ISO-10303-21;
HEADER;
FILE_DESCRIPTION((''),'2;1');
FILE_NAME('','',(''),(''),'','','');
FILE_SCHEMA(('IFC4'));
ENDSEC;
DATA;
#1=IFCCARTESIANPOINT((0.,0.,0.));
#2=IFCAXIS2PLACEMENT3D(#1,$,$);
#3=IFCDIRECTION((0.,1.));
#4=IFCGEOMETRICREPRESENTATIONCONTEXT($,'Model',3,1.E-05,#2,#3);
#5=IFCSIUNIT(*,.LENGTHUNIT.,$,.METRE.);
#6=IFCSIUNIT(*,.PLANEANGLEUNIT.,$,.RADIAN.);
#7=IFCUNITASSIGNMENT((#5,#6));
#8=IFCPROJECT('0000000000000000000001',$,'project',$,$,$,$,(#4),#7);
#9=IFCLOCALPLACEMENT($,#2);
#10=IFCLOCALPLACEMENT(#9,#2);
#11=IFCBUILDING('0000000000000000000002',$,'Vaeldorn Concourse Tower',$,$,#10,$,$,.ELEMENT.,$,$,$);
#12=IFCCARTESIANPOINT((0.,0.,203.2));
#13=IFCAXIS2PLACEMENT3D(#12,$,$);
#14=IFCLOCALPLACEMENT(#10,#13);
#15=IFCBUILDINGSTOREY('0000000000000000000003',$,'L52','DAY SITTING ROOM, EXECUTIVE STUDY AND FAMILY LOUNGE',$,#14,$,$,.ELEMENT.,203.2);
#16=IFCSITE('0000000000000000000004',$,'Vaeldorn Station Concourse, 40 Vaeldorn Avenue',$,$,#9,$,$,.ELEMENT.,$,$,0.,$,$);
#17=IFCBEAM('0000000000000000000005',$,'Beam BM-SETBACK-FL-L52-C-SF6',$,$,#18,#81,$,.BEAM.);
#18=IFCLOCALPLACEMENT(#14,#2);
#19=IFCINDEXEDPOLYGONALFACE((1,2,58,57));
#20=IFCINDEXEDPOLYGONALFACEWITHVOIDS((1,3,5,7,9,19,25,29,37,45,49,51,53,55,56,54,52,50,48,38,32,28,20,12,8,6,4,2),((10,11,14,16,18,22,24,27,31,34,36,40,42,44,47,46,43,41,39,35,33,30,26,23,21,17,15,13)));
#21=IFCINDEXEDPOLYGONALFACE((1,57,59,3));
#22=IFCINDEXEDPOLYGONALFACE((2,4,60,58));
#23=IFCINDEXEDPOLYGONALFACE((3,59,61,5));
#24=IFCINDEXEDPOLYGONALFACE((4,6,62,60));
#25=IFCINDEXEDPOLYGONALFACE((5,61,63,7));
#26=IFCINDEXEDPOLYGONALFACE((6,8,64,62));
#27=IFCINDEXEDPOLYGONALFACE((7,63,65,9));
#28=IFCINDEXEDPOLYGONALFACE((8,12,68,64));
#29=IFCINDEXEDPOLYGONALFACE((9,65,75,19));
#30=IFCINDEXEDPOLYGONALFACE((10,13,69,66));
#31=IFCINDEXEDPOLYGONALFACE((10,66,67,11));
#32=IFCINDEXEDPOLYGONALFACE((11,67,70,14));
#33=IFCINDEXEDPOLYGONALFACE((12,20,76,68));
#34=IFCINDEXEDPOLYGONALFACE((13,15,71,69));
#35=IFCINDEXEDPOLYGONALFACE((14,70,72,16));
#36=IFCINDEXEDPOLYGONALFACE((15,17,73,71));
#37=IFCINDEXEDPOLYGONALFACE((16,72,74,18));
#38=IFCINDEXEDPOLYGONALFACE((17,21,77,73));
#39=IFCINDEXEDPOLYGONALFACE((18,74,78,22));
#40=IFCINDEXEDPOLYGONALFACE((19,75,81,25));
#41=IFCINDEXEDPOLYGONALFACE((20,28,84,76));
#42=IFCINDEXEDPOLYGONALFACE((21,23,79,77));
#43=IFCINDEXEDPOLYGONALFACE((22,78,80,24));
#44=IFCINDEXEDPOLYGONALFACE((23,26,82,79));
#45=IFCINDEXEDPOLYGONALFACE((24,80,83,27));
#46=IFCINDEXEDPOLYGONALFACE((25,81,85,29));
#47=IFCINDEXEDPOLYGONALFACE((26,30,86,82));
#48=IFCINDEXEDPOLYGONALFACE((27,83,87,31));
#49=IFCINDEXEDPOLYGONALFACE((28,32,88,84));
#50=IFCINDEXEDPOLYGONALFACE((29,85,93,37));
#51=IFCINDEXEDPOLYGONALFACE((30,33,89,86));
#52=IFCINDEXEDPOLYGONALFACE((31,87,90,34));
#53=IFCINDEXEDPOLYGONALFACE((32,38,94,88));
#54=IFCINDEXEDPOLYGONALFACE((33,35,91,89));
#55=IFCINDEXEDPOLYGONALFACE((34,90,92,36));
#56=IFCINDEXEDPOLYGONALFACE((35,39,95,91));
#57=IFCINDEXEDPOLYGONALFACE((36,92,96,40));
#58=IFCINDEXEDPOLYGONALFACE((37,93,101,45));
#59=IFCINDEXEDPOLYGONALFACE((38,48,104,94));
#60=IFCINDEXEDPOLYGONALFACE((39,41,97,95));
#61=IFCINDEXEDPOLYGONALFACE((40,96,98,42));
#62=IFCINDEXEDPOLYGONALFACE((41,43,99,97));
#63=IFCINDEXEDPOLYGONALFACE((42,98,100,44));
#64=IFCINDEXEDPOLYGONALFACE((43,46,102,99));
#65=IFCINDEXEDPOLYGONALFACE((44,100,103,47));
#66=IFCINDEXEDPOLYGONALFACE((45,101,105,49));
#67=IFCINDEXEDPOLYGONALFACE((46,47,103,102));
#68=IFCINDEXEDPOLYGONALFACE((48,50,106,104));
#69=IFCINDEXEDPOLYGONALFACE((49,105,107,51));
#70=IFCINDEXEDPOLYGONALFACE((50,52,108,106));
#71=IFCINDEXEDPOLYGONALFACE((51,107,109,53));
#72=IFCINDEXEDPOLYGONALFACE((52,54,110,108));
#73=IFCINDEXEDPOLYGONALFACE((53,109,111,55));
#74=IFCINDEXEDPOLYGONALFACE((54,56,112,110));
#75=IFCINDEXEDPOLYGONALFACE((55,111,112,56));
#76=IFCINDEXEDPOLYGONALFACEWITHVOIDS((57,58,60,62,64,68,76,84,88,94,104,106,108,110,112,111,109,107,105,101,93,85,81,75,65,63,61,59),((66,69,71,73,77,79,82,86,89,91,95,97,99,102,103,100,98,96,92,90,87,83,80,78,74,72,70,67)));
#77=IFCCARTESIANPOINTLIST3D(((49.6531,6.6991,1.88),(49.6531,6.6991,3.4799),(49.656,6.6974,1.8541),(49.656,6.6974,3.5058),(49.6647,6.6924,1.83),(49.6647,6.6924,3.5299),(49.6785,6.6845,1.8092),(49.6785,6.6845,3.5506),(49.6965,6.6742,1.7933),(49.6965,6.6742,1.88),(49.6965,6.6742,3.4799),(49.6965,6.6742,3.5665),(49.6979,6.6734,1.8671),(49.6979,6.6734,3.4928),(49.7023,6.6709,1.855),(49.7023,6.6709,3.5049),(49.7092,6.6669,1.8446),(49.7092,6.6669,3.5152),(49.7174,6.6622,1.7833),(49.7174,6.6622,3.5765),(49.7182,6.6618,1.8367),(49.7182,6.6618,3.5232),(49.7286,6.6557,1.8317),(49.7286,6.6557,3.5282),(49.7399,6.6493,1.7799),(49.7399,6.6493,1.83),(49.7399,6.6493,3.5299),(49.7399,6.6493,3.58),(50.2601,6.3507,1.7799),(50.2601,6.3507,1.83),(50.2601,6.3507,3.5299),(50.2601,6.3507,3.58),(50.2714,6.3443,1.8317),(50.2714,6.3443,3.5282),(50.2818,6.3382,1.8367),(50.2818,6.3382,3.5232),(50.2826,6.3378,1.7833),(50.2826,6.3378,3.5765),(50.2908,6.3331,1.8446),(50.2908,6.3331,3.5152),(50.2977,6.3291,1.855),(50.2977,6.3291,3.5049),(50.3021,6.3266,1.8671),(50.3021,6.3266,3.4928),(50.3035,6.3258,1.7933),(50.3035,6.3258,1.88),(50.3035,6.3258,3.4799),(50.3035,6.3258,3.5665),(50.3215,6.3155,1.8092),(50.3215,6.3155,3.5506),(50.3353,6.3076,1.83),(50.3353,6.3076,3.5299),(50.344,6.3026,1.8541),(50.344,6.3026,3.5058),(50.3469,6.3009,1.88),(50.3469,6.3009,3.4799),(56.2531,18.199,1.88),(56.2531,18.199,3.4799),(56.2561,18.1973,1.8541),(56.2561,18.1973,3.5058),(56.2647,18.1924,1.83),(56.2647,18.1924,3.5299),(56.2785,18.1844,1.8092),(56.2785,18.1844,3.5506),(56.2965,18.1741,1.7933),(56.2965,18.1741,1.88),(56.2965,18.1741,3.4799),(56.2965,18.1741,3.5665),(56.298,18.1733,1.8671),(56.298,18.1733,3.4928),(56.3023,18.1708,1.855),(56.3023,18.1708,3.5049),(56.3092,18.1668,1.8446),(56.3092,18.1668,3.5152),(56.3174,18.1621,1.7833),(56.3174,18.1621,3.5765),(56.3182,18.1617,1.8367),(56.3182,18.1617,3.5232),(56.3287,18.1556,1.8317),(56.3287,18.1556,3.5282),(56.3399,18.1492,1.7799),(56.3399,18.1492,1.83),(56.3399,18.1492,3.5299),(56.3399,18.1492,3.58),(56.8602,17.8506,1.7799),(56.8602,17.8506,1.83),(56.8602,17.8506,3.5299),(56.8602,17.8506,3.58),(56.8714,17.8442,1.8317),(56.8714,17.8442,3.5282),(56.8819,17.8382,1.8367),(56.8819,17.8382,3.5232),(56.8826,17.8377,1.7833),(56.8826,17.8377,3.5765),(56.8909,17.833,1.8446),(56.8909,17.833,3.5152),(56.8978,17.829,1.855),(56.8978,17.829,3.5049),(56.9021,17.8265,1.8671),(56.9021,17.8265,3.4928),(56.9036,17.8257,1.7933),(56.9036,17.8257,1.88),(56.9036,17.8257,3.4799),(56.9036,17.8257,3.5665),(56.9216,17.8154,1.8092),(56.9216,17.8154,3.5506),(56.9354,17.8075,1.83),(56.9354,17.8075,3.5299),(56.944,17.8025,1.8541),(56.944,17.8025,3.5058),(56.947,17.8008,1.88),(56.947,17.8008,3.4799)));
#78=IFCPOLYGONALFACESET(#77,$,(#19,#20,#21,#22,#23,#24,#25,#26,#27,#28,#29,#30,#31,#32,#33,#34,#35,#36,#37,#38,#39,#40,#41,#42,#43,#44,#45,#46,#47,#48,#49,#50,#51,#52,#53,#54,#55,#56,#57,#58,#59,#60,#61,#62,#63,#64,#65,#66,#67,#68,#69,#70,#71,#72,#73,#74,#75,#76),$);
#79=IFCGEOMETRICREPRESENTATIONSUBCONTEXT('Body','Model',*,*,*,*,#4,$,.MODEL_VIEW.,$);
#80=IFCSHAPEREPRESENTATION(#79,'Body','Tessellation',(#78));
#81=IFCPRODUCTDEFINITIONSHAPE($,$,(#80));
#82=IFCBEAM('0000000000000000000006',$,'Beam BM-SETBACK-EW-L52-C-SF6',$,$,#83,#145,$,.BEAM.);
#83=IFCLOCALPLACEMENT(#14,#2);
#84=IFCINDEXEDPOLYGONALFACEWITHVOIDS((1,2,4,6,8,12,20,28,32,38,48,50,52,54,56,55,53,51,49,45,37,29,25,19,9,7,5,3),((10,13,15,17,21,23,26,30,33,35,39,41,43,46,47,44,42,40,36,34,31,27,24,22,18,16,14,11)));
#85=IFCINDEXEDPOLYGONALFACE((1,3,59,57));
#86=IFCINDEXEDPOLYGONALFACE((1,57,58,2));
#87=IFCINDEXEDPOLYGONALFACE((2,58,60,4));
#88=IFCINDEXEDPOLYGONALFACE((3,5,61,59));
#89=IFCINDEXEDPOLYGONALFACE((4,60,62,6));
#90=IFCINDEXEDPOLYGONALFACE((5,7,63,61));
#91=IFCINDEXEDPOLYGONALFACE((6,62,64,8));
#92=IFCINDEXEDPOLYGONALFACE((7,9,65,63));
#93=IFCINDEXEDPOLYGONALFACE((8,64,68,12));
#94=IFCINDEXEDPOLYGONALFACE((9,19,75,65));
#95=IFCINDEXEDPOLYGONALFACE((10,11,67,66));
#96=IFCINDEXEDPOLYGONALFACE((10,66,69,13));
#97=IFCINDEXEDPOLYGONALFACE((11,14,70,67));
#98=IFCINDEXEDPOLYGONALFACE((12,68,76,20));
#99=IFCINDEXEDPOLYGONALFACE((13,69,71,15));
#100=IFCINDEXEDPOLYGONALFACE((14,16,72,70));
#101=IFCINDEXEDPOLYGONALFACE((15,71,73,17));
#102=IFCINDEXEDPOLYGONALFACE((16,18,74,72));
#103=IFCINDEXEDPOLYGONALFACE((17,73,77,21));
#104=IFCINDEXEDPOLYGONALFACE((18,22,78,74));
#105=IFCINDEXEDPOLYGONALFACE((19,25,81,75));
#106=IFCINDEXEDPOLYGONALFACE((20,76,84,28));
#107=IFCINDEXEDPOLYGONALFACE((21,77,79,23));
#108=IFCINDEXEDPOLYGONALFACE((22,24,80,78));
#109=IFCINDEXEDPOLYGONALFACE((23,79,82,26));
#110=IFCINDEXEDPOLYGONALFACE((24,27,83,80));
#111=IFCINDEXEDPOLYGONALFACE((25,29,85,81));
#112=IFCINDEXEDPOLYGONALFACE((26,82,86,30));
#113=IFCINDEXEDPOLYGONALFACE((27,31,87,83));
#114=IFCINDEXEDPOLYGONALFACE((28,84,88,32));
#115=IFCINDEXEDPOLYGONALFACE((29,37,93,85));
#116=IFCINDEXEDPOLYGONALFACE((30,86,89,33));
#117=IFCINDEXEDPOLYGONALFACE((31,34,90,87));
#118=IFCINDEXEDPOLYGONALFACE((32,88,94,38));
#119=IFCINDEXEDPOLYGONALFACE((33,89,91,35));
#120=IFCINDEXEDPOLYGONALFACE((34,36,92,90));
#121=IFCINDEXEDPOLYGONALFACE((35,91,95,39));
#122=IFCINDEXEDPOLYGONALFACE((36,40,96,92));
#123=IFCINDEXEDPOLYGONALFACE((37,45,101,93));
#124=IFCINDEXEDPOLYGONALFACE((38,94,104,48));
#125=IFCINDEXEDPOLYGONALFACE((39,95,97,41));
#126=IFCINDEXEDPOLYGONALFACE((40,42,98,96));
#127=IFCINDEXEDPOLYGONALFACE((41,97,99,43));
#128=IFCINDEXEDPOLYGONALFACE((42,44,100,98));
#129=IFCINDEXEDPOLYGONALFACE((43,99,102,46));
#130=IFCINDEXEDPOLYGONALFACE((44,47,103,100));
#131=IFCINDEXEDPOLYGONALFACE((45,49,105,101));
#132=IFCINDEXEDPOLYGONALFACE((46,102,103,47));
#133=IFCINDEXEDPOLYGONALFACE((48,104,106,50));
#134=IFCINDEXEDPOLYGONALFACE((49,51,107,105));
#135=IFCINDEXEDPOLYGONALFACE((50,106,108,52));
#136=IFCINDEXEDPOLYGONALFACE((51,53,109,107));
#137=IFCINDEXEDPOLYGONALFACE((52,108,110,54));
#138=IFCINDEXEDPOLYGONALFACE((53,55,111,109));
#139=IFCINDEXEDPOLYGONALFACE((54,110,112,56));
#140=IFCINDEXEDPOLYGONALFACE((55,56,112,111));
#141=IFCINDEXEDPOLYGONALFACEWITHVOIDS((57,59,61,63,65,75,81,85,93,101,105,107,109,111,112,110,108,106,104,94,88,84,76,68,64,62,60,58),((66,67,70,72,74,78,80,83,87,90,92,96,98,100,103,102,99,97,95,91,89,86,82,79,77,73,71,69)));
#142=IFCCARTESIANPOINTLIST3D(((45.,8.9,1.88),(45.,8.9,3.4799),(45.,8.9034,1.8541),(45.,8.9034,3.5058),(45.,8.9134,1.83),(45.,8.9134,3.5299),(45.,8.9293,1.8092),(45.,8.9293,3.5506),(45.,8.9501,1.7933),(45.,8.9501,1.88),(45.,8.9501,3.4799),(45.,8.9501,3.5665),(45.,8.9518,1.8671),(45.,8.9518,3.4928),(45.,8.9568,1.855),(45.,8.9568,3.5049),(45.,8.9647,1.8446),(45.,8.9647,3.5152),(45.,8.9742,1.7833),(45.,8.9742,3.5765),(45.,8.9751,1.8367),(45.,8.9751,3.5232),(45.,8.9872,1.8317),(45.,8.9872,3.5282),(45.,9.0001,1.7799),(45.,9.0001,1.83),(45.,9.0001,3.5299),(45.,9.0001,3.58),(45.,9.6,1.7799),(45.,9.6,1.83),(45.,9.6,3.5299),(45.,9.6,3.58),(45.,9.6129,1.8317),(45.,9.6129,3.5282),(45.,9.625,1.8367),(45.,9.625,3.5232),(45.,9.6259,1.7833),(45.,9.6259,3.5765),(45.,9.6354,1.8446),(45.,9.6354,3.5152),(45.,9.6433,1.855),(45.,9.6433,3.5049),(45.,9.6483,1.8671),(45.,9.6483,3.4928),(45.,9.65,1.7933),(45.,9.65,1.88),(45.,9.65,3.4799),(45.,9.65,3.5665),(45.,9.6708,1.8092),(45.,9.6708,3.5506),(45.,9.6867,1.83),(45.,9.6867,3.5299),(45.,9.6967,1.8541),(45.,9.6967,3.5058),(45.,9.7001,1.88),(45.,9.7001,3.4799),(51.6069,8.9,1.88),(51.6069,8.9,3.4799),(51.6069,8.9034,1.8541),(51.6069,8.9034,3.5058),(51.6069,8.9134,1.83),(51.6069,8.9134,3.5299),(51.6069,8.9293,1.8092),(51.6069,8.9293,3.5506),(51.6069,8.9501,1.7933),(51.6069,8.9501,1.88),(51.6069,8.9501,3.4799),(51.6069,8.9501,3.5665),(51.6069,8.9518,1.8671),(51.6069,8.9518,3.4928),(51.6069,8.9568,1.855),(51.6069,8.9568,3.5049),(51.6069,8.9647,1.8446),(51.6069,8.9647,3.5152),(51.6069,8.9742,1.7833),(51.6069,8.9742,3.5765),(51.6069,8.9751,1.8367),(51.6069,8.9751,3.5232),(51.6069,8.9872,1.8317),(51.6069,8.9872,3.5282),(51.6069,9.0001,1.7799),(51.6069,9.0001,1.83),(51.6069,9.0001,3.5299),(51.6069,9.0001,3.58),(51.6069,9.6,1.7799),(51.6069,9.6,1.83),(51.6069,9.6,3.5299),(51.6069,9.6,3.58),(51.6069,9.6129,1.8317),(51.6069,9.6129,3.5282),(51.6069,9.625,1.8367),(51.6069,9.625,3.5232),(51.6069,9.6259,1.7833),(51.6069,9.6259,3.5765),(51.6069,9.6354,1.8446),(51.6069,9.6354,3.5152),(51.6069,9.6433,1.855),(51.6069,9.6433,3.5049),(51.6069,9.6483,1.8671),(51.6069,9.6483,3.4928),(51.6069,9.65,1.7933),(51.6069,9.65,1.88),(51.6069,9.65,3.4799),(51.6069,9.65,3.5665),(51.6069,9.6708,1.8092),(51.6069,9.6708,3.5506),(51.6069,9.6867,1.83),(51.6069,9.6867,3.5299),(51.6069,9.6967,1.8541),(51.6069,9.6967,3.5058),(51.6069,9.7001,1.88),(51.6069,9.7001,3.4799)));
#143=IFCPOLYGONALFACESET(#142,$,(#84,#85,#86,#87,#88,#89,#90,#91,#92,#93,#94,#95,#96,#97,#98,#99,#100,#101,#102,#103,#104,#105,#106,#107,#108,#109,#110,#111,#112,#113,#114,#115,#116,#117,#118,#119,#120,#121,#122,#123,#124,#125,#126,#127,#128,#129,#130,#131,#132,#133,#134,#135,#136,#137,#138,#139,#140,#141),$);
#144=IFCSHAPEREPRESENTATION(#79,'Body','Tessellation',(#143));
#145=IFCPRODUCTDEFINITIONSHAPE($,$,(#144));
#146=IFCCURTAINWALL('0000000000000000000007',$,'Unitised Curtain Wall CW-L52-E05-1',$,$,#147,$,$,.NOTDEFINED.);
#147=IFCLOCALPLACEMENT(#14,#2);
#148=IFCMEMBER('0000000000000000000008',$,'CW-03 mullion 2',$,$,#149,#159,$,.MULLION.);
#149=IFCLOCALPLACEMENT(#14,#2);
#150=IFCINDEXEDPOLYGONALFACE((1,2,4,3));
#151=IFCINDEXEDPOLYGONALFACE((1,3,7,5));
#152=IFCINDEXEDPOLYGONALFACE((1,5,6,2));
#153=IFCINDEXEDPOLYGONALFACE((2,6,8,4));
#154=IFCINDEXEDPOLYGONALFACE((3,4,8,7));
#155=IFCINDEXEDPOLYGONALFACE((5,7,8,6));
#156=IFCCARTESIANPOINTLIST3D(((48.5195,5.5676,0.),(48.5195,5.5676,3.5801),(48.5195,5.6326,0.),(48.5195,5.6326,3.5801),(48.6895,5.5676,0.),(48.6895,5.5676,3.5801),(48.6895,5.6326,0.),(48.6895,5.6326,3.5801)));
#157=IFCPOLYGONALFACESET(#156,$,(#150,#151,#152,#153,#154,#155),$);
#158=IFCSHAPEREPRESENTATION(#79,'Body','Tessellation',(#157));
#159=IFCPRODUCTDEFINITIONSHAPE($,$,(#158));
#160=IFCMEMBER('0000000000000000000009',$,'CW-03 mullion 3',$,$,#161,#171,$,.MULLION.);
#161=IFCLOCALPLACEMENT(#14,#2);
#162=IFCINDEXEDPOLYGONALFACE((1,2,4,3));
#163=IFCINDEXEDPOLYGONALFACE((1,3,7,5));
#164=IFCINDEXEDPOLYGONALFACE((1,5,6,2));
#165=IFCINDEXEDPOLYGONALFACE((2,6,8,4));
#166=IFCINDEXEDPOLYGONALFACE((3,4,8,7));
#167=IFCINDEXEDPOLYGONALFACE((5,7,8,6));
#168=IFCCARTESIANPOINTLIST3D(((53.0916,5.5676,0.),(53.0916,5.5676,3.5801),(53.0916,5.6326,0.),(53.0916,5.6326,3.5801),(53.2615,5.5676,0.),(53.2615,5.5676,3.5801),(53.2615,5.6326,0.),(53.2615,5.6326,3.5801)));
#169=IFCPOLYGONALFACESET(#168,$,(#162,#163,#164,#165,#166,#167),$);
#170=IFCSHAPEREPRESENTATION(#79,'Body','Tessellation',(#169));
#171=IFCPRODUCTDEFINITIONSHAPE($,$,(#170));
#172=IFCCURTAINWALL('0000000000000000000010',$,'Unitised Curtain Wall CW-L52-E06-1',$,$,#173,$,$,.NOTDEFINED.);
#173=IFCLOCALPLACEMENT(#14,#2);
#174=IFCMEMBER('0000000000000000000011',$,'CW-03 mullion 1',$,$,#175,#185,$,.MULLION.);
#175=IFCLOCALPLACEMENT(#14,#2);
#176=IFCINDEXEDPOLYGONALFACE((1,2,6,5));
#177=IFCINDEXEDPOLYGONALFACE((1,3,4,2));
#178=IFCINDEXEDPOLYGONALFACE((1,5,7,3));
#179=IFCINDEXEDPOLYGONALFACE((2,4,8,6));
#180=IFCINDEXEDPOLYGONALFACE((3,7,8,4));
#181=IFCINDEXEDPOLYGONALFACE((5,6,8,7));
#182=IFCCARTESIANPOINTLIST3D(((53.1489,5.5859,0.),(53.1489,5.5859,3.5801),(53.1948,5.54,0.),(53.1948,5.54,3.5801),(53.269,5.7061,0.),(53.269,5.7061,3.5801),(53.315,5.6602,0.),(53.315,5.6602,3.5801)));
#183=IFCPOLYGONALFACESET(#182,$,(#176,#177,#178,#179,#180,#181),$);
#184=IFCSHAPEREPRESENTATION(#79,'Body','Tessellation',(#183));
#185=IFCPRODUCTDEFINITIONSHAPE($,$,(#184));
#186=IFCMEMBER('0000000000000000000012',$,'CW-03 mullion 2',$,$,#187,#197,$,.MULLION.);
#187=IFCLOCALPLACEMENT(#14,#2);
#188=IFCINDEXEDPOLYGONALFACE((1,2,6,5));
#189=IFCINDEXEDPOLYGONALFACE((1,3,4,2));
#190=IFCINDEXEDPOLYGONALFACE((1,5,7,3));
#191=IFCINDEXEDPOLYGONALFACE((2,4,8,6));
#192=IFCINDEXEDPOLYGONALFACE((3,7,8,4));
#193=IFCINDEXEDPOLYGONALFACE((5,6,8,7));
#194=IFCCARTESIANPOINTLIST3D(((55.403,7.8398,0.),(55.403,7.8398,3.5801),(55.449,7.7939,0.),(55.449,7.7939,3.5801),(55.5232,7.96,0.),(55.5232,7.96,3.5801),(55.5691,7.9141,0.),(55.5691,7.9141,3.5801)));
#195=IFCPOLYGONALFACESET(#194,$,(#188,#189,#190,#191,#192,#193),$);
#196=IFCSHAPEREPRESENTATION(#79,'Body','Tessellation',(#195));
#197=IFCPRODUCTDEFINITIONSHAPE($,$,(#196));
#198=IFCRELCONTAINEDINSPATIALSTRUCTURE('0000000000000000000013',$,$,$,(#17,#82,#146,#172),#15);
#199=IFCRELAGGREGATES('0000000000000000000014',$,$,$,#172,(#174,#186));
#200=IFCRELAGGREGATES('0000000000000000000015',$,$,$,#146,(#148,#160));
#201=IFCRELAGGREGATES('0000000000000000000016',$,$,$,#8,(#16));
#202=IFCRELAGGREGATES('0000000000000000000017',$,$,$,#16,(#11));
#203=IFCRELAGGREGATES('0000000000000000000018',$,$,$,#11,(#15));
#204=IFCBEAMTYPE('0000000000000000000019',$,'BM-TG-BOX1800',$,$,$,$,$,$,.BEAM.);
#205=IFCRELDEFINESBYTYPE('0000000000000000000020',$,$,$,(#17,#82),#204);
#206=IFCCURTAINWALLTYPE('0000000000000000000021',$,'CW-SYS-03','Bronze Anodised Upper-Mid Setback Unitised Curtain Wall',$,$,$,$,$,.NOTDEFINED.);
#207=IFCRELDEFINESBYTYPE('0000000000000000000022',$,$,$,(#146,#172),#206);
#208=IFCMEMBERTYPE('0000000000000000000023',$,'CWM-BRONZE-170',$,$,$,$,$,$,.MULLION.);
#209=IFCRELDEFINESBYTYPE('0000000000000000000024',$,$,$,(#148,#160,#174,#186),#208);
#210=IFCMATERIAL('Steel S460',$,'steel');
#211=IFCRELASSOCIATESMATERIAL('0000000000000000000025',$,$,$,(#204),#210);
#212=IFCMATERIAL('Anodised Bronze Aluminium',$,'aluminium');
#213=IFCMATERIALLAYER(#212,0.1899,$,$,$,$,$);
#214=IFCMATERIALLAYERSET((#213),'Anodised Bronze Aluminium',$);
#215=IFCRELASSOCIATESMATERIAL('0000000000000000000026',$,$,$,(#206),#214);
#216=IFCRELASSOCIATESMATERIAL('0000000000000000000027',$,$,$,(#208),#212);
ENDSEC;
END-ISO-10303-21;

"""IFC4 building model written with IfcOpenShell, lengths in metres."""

from ifc_helpers import new_model, si_unit, direction, frame, origin, origin_2d, place, context, subcontext, project, spatial, rectangle, hollow_rectangle, extrude, source, transform, mapped, material, layer, layer_set, material_profile, profile_set, type_object, element, aggregate, save


model = new_model("IFC4")

# Units and contexts
model_context = context("Model", 3, precision=1e-05, world=origin(), true_north=direction((0.0, 1.0)))
body_context = subcontext(model_context, "Body", "Model", "MODEL_VIEW")
ifc_project = project(units=[si_unit("LENGTHUNIT", "METRE"), si_unit("PLANEANGLEUNIT", "RADIAN")], contexts=[model_context])

# Site, building, storey
site_placement = place(None, origin())
site = spatial("IfcSite", under=ifc_project, at=site_placement, Name="Vaeldorn Station Concourse, 40 Vaeldorn Avenue", CompositionType="ELEMENT", RefElevation=0.0)
building_placement = place(site_placement, origin())
building = spatial("IfcBuilding", under=site, at=building_placement, Name="Vaeldorn Concourse Tower", CompositionType="ELEMENT")
storey_placement = place(building_placement, frame((0.0, 0.0, 203.2)))
storey = spatial("IfcBuildingStorey", under=building, at=storey_placement, Name="L52", Description="DAY SITTING ROOM, EXECUTIVE STUDY AND FAMILY LOUNGE", CompositionType="ELEMENT", Elevation=203.2)

# Beams
ifc_material_1 = material(Name="Steel S460", Category="steel")
ifc_material_profile_1 = material_profile(ifc_material_1, hollow_rectangle(XDim=0.8, YDim=1.8, WallThickness=0.05, InnerFilletRadius=0.05, OuterFilletRadius=0.1001, at=origin_2d()), Name="RHS 1800x800x50")
ifc_profile_set_1 = profile_set([ifc_material_profile_1], Name="Steel S460")
beam_type_1 = type_object("IfcBeamType", Name="BM-TG-BOX1800", PredefinedType="BEAM", material=ifc_profile_set_1)
shared_shape_1 = source(origin(), body_context, "Body", "SweptSolid", [
    extrude(hollow_rectangle(XDim=0.8, YDim=1.8, WallThickness=0.05, InnerFilletRadius=0.05, OuterFilletRadius=0.1001, at=origin_2d()), origin(), (0.0, 0.0, 1.0), 13.2593),
])
beam_1_placement = place(storey_placement, frame((50.0, 6.5, 2.6799), z_axis=(0.497768, 0.86731, 0.0), x_axis=(-0.86731, 0.497768, 0.0)))
element("IfcBeam", 1, at=beam_1_placement, inside=storey, type_object=beam_type_1, Name="Beam BM-SETBACK-FL-L52-C-SF6", PredefinedType="BEAM", context=body_context, shape_type="MappedRepresentation", body=[
    mapped(shared_shape_1, transform((0.0, 0.0, 0.0), scale=1.0)),
])
shared_shape_2 = source(origin(), body_context, "Body", "SweptSolid", [
    extrude(hollow_rectangle(XDim=0.8, YDim=1.8, WallThickness=0.05, InnerFilletRadius=0.05, OuterFilletRadius=0.1001, at=origin_2d()), origin(), (0.0, 0.0, 1.0), 6.6069),
])
beam_2_placement = place(storey_placement, frame((51.6069, 9.3, 2.6799), z_axis=(-1.0, 0.0, 0.0), x_axis=(0.0, -1.0, 0.0)))
element("IfcBeam", 2, at=beam_2_placement, inside=storey, type_object=beam_type_1, Name="Beam BM-SETBACK-EW-L52-C-SF6", PredefinedType="BEAM", context=body_context, shape_type="MappedRepresentation", body=[
    mapped(shared_shape_2, transform((0.0, 0.0, 0.0), scale=1.0)),
])

# Curtain walls, members
ifc_material_2 = material(Name="Anodised Bronze Aluminium", Category="aluminium")
ifc_layer_1 = layer(ifc_material_2, 0.1899)
ifc_layer_set_1 = layer_set([ifc_layer_1], Name="Anodised Bronze Aluminium")
curtain_wall_type = type_object("IfcCurtainWallType", Name="CW-SYS-03", Description="Bronze Anodised Upper-Mid Setback Unitised Curtain Wall", PredefinedType="NOTDEFINED", material=ifc_layer_set_1)
curtain_wall_1_placement = place(storey_placement, origin())
curtain_wall_1 = element("IfcCurtainWall", 3, at=curtain_wall_1_placement, inside=storey, type_object=curtain_wall_type, Name="Unitised Curtain Wall CW-L52-E05-1", PredefinedType="NOTDEFINED")
ifc_material_profile_2 = material_profile(ifc_material_2, rectangle(XDim=0.0649, YDim=0.1699, at=origin_2d()), Name="CWM 65x170")
ifc_profile_set_2 = profile_set([ifc_material_profile_2], Name="Anodised Bronze Aluminium")
member_type_1 = type_object("IfcMemberType", Name="CWM-BRONZE-170", PredefinedType="MULLION", material=ifc_profile_set_2)
shared_shape_3 = source(origin(), body_context, "Body", "SweptSolid", [
    extrude(rectangle(XDim=0.0649, YDim=0.1699, at=origin_2d()), origin(), (0.0, 0.0, 1.0), 3.5801),
])
member_1_placement = place(storey_placement, frame((48.6045, 5.6001, 0.0), z_axis=(0.0, 0.0, 1.0), x_axis=(0.0, 1.0, 0.0)))
member_1 = element("IfcMember", 4, at=member_1_placement, type_object=member_type_1, Name="CW-03 mullion 2", PredefinedType="MULLION", context=body_context, shape_type="MappedRepresentation", body=[
    mapped(shared_shape_3, transform((0.0, 0.0, 0.0), scale=1.0)),
])
member_2_placement = place(storey_placement, frame((53.1765, 5.6001, 0.0), z_axis=(0.0, 0.0, 1.0), x_axis=(0.0, 1.0, 0.0)))
member_2 = element("IfcMember", 5, at=member_2_placement, type_object=member_type_1, Name="CW-03 mullion 3", PredefinedType="MULLION", context=body_context, shape_type="MappedRepresentation", body=[
    mapped(shared_shape_3, transform((0.0, 0.0, 0.0), scale=1.0)),
])
curtain_wall_2_placement = place(storey_placement, origin())
curtain_wall_2 = element("IfcCurtainWall", 6, at=curtain_wall_2_placement, inside=storey, type_object=curtain_wall_type, Name="Unitised Curtain Wall CW-L52-E06-1", PredefinedType="NOTDEFINED")
member_3_placement = place(storey_placement, frame((53.2319, 5.623, 0.0), z_axis=(0.0, 0.0, 1.0), x_axis=(-0.707107, 0.707107, 0.0)))
member_3 = element("IfcMember", 7, at=member_3_placement, type_object=member_type_1, Name="CW-03 mullion 1", PredefinedType="MULLION", context=body_context, shape_type="MappedRepresentation", body=[
    mapped(shared_shape_3, transform((0.0, 0.0, 0.0), scale=1.0)),
])
member_4_placement = place(storey_placement, frame((55.4861, 7.877, 0.0), z_axis=(0.0, 0.0, 1.0), x_axis=(-0.707107, 0.707107, 0.0)))
member_4 = element("IfcMember", 8, at=member_4_placement, type_object=member_type_1, Name="CW-03 mullion 2", PredefinedType="MULLION", context=body_context, shape_type="MappedRepresentation", body=[
    mapped(shared_shape_3, transform((0.0, 0.0, 0.0), scale=1.0)),
])

aggregate(curtain_wall_2, [member_3, member_4])
aggregate(curtain_wall_1, [member_1, member_2])

save(model, "model.ifc")
